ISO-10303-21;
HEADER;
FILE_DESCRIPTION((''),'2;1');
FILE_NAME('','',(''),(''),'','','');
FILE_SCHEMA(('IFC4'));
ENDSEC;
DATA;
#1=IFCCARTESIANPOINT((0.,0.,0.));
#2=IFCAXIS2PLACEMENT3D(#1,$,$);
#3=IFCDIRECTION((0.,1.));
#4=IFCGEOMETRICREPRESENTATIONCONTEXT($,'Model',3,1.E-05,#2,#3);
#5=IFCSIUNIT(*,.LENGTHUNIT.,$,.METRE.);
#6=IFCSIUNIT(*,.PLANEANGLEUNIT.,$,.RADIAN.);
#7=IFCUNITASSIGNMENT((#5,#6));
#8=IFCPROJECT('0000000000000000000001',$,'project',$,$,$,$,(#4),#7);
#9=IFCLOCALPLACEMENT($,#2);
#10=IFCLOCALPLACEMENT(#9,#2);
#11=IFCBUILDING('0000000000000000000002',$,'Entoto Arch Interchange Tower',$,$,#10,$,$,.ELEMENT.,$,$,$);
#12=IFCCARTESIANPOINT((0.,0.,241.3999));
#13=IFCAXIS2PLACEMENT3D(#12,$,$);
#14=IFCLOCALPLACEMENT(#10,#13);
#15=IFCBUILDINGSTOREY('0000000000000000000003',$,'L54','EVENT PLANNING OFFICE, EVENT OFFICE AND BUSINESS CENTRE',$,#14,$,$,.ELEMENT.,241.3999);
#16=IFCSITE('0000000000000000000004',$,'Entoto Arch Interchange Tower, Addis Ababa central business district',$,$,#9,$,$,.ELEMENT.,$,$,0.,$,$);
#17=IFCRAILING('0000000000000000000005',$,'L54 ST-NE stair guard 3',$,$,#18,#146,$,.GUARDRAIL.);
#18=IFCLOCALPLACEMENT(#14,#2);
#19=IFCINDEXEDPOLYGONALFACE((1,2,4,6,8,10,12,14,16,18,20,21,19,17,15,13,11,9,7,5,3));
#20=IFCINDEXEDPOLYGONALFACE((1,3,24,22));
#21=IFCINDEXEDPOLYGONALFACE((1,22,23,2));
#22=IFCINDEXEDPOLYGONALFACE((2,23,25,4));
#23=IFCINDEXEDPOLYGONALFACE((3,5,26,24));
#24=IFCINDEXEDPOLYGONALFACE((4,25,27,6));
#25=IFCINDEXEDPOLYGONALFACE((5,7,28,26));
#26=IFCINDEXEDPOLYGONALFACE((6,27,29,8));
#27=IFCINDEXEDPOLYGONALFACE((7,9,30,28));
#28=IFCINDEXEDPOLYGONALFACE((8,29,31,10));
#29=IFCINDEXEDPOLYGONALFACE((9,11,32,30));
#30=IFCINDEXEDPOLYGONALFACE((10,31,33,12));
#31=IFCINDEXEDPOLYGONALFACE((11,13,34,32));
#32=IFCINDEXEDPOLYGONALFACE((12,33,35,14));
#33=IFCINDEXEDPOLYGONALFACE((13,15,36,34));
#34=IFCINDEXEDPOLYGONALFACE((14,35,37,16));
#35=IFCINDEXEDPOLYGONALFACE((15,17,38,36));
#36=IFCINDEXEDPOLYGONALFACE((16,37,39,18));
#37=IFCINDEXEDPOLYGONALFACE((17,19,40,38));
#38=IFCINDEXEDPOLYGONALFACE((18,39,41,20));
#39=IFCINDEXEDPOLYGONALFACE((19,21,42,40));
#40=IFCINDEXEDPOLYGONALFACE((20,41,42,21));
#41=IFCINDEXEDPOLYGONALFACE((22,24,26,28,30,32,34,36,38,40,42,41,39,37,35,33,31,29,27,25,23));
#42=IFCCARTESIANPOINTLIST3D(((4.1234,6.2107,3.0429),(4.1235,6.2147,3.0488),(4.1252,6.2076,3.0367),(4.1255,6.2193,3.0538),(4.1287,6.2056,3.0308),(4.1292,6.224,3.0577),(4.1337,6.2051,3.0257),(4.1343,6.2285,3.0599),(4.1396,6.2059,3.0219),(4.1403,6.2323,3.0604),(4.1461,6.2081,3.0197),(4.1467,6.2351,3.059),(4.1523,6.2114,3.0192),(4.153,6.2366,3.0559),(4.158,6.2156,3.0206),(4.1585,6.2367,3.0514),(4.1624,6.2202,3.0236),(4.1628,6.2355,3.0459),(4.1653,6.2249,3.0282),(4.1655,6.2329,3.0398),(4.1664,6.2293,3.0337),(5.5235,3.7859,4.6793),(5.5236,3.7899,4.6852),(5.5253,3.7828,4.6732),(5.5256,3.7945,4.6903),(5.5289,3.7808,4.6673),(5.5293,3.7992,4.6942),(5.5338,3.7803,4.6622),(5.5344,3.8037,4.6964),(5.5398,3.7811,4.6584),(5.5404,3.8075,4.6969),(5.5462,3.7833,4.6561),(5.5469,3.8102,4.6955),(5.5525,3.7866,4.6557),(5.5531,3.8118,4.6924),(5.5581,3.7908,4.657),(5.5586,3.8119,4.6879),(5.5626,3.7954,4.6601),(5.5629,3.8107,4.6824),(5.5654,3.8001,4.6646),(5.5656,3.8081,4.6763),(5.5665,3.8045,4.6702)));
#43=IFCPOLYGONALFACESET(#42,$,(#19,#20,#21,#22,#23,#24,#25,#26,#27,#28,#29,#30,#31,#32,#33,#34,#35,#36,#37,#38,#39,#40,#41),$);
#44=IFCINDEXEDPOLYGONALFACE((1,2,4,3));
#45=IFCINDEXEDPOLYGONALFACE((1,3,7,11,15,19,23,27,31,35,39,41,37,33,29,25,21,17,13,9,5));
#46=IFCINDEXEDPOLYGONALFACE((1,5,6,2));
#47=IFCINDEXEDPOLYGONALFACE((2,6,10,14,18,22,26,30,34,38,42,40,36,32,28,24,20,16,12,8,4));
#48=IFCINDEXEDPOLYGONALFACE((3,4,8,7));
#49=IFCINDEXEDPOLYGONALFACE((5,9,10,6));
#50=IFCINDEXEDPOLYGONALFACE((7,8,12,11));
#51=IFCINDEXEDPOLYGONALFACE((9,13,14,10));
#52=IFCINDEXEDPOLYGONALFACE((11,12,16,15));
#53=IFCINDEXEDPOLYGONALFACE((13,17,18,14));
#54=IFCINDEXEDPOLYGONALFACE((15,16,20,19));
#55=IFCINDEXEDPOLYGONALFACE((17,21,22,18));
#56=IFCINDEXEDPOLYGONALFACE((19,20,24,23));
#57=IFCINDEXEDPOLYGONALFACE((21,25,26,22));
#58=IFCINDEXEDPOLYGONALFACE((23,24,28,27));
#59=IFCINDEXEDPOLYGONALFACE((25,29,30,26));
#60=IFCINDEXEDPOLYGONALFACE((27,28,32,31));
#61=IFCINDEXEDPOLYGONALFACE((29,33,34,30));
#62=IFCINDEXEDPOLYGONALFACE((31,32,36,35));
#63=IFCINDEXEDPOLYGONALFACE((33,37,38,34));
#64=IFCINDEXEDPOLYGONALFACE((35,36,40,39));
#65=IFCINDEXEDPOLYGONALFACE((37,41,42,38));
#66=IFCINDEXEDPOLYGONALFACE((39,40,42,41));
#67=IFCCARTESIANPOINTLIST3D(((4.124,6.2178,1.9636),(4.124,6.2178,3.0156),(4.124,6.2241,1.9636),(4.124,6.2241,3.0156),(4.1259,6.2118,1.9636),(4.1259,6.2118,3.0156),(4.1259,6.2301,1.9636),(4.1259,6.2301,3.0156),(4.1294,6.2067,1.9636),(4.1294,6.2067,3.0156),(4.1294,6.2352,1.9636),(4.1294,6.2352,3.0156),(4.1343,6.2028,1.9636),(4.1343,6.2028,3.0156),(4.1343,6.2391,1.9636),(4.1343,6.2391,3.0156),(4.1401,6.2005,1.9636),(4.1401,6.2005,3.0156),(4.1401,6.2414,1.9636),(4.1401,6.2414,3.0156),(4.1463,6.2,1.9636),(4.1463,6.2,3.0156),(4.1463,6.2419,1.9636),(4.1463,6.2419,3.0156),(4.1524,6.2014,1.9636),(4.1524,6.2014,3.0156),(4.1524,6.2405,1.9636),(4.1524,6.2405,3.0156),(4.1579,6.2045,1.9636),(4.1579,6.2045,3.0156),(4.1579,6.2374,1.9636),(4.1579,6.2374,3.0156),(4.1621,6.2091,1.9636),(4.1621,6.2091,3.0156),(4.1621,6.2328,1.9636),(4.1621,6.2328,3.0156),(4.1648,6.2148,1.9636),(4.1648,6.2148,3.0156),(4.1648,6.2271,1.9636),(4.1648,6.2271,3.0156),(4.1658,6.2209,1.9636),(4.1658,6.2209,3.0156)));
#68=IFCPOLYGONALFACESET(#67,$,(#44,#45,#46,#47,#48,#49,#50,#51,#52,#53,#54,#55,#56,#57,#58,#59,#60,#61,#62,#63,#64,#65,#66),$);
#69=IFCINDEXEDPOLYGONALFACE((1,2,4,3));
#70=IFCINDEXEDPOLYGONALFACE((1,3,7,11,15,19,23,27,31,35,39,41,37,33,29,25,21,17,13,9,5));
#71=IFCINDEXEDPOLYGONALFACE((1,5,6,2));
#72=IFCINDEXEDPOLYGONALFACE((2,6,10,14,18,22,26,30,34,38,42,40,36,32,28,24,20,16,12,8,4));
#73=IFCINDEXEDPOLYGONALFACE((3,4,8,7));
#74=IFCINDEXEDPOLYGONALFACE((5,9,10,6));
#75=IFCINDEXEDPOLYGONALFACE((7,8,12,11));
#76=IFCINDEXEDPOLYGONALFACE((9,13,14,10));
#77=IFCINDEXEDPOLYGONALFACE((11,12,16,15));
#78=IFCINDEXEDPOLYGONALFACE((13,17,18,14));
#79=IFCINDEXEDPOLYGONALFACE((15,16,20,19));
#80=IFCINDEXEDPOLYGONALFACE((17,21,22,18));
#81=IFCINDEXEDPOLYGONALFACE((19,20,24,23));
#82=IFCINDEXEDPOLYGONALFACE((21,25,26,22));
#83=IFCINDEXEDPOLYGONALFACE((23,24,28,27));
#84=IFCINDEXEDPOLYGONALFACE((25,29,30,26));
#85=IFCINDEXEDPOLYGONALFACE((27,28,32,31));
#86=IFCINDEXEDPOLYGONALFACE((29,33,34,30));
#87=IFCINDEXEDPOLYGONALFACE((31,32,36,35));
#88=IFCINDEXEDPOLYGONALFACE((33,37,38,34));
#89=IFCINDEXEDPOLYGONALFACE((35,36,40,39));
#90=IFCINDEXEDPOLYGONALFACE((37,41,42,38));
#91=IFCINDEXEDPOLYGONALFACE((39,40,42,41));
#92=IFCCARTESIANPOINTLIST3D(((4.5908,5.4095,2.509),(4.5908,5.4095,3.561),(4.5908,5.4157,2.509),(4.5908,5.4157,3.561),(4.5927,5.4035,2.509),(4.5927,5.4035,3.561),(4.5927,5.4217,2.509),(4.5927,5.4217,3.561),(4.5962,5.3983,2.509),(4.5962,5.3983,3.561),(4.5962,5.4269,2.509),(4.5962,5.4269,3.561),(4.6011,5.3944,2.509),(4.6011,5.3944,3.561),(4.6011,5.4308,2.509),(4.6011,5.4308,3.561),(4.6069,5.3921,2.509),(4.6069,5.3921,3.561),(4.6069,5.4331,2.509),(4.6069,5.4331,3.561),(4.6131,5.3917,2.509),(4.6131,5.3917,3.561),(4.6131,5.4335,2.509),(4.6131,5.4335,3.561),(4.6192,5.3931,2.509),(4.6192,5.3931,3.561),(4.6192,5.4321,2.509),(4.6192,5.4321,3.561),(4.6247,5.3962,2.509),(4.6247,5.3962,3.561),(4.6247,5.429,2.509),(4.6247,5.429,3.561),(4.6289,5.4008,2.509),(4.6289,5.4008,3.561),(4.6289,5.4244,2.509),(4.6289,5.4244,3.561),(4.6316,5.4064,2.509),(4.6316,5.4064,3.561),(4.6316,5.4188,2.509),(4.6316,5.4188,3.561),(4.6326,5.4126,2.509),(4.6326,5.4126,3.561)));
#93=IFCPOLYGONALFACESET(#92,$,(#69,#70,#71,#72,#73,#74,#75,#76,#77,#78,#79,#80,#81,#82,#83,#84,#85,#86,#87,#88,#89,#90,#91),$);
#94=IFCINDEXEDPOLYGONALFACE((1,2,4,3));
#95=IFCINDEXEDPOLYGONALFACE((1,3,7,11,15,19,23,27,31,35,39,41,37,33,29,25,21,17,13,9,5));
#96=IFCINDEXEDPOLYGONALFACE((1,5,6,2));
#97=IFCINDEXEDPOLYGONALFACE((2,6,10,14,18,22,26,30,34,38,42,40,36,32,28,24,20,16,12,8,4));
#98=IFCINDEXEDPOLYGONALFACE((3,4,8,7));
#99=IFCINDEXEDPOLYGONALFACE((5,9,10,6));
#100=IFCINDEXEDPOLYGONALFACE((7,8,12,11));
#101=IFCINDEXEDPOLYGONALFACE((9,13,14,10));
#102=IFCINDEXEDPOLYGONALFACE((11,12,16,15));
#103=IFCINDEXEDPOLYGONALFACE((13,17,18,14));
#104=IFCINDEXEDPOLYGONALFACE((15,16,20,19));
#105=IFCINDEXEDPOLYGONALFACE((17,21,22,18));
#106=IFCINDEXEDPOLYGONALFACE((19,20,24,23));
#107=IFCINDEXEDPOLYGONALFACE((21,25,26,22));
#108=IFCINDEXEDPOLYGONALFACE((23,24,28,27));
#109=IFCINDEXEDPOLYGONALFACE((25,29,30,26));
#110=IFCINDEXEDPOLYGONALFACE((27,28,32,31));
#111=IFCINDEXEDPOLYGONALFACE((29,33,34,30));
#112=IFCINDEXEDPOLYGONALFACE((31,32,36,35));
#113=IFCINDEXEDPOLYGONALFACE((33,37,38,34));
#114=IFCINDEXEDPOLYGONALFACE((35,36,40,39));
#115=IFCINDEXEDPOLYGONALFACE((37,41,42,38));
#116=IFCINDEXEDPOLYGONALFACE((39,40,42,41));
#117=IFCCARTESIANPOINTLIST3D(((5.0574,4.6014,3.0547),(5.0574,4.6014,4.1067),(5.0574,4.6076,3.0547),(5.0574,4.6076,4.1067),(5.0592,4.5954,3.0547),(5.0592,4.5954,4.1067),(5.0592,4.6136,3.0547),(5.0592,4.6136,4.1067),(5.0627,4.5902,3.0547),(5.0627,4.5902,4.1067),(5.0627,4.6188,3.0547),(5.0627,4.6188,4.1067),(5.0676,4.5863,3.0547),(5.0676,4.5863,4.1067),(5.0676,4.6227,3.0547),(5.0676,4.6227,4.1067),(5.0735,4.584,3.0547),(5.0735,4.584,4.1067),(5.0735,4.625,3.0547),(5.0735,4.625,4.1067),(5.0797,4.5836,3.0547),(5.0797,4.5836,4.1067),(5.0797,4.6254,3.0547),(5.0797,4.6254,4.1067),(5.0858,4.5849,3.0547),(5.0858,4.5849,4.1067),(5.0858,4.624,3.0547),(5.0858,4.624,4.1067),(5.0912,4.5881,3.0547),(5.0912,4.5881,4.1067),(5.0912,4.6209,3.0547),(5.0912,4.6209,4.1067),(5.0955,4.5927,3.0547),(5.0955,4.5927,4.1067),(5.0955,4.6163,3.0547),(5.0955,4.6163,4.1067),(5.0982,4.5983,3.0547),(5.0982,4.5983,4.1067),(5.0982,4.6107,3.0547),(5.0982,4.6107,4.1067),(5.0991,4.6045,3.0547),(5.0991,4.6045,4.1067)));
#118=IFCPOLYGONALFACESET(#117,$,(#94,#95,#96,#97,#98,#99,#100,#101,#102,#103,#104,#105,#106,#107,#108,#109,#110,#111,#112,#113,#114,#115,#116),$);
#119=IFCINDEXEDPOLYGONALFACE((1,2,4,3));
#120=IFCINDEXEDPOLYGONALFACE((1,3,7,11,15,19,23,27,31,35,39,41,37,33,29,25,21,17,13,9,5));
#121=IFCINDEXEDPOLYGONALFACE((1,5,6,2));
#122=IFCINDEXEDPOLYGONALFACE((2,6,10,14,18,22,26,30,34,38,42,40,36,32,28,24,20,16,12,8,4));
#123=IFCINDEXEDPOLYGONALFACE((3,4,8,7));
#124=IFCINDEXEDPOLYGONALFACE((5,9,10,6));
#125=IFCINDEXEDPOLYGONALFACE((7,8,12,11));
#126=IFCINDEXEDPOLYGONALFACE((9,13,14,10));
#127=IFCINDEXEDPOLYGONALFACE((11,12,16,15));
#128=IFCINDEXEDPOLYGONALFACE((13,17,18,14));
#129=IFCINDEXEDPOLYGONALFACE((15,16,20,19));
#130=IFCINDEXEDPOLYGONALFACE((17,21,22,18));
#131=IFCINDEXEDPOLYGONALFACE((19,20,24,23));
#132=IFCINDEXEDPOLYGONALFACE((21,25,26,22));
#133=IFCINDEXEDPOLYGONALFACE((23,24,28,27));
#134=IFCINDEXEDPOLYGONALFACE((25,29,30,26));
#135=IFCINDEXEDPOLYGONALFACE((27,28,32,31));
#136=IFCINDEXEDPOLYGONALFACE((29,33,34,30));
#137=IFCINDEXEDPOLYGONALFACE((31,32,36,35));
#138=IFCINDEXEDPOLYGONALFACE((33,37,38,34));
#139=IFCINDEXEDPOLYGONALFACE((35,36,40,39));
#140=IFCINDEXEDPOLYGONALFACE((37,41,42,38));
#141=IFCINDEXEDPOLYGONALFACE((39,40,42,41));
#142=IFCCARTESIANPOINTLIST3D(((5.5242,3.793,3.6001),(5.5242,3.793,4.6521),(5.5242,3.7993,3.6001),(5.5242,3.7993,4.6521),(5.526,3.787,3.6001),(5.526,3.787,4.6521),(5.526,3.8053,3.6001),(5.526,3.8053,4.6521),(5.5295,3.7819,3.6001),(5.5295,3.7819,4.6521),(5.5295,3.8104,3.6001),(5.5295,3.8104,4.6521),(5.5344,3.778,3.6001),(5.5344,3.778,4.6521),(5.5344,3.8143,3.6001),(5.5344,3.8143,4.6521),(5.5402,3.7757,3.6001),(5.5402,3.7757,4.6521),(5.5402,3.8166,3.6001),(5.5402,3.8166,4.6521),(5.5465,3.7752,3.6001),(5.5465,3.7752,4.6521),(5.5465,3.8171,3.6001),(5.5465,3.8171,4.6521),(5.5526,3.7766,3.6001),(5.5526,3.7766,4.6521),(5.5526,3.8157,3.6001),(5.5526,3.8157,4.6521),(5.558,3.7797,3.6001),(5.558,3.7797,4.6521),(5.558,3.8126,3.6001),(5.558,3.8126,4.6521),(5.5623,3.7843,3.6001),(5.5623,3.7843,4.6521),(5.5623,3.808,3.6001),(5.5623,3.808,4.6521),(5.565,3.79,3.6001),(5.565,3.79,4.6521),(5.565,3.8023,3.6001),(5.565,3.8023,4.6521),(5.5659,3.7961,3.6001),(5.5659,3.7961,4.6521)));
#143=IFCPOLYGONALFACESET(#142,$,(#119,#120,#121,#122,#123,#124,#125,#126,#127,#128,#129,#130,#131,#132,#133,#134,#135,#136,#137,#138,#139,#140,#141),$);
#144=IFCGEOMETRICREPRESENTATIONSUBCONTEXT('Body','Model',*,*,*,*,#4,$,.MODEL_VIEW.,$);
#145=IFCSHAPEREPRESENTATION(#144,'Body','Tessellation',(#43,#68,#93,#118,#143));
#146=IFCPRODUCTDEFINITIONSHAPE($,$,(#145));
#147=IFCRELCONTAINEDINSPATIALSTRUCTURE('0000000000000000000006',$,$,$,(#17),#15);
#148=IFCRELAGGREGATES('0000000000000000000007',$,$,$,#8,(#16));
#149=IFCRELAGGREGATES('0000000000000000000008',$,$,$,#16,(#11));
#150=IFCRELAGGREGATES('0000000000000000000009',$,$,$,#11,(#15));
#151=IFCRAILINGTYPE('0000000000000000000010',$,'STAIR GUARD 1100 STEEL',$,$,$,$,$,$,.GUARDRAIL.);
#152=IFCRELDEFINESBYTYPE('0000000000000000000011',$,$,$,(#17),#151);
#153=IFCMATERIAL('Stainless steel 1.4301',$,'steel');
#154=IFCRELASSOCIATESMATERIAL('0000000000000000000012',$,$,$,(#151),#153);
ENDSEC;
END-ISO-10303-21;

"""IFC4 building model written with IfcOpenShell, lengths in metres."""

from ifc_helpers import new_model, si_unit, direction, frame, origin, origin_2d, place, context, subcontext, project, spatial, circle, extrude, material, type_object, element, save


model = new_model("IFC4")

# Units and contexts
model_context = context("Model", 3, precision=1e-05, world=origin(), true_north=direction((0.0, 1.0)))
body_context = subcontext(model_context, "Body", "Model", "MODEL_VIEW")
ifc_project = project(units=[si_unit("LENGTHUNIT", "METRE"), si_unit("PLANEANGLEUNIT", "RADIAN")], contexts=[model_context])

# Site, building, storey
site_placement = place(None, origin())
site = spatial("IfcSite", under=ifc_project, at=site_placement, Name="Entoto Arch Interchange Tower, Addis Ababa central business district", CompositionType="ELEMENT", RefElevation=0.0)
building_placement = place(site_placement, origin())
building = spatial("IfcBuilding", under=site, at=building_placement, Name="Entoto Arch Interchange Tower", CompositionType="ELEMENT")
storey_placement = place(building_placement, frame((0.0, 0.0, 241.3999)))
storey = spatial("IfcBuildingStorey", under=building, at=storey_placement, Name="L54", Description="EVENT PLANNING OFFICE, EVENT OFFICE AND BUSINESS CENTRE", CompositionType="ELEMENT", Elevation=241.3999)

# Railing
ifc_material_1 = material(Name="Stainless steel 1.4301", Category="steel")
railing_type_1 = type_object("IfcRailingType", Name="STAIR GUARD 1100 STEEL", PredefinedType="GUARDRAIL", material=ifc_material_1)
railing_1_placement = place(storey_placement, frame((4.1448, 6.2209, 1.9636)))
element("IfcRailing", 1, at=railing_1_placement, inside=storey, type_object=railing_type_1, Name="L54 ST-NE stair guard 3", PredefinedType="GUARDRAIL", context=body_context, shape_type="SweptSolid", body=[
    extrude(circle(Radius=0.0239, at=origin_2d()), frame((0.0, 0.0, 1.0762), z_axis=(0.431722, -0.747666, 0.504591), x_axis=(0.865997, 0.50005, 0.0)), (0.0, 0.0, 1.0), 3.2432),
    extrude(circle(Radius=0.021, at=origin_2d()), origin(), (0.0, 0.0, 1.0), 1.052),
    extrude(circle(Radius=0.021, at=origin_2d()), frame((0.4668, -0.8083, 0.5454)), (0.0, 0.0, 1.0), 1.052),
    extrude(circle(Radius=0.021, at=origin_2d()), frame((0.9333, -1.6165, 1.0911)), (0.0, 0.0, 1.0), 1.052),
    extrude(circle(Radius=0.021, at=origin_2d()), frame((1.4001, -2.4248, 1.6365)), (0.0, 0.0, 1.0), 1.052),
])

save(model, "model.ifc")
